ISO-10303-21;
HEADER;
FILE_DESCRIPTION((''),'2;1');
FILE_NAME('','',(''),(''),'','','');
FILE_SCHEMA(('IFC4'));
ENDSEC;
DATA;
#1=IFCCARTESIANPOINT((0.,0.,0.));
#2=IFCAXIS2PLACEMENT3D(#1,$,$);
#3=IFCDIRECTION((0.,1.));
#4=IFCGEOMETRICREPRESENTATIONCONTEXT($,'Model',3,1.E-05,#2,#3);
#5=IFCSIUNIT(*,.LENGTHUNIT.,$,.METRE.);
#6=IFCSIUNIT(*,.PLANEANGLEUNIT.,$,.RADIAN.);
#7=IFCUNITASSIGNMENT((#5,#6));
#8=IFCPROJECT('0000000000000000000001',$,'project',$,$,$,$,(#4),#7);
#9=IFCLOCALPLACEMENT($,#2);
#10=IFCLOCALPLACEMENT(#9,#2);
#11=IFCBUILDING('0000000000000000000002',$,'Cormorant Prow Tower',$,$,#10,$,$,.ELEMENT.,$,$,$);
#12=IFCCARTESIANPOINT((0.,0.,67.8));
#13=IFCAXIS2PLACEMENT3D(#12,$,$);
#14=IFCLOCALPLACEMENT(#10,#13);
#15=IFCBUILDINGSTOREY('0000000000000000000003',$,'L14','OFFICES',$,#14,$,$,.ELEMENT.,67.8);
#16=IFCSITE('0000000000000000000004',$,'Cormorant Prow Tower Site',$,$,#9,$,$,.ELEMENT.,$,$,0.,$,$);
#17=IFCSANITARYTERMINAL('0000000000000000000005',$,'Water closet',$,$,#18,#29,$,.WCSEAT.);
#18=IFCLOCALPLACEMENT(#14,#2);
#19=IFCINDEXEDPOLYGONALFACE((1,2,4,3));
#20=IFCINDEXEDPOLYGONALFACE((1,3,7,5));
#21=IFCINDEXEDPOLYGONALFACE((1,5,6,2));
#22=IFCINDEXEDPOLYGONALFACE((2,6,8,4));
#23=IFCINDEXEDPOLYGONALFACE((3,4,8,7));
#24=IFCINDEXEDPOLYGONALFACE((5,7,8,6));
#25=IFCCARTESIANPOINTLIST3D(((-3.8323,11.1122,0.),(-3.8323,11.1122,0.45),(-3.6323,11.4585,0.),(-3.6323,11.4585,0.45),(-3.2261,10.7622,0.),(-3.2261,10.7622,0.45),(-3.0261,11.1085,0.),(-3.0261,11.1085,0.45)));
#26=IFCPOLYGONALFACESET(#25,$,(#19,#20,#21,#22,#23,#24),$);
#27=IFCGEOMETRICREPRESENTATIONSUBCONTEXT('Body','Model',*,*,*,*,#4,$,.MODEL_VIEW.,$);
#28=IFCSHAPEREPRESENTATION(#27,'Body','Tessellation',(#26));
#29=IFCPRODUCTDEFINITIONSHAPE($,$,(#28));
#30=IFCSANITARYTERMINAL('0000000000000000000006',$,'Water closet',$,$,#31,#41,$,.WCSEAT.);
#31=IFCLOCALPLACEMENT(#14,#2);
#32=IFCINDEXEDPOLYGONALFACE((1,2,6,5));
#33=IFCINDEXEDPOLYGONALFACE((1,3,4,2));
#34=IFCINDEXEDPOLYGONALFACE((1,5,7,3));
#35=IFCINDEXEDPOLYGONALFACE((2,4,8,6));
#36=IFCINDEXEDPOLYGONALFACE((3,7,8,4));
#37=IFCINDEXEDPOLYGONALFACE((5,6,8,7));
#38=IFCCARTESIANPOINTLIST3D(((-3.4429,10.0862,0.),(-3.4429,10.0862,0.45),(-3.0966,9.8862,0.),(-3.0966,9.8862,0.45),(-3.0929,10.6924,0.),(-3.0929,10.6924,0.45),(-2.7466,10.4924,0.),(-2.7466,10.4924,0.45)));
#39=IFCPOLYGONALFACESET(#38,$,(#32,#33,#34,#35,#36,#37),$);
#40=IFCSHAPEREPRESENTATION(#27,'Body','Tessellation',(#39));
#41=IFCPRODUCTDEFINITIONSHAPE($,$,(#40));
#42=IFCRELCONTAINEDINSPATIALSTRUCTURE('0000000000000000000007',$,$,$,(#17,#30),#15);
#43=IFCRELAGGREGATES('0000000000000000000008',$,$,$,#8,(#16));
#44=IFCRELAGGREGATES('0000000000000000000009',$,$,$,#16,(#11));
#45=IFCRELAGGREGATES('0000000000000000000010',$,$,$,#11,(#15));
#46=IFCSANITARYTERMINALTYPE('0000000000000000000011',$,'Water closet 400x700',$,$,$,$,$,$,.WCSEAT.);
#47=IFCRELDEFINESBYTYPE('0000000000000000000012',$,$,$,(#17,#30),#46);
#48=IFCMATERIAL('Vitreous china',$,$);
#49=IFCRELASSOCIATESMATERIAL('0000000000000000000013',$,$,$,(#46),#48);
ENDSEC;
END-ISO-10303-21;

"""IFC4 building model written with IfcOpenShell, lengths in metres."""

from ifc_helpers import new_model, si_unit, direction, frame, origin, origin_2d, place, context, subcontext, project, spatial, rectangle, extrude, material, type_object, element, save


model = new_model("IFC4")

# Units and contexts
model_context = context("Model", 3, precision=1e-05, world=origin(), true_north=direction((0.0, 1.0)))
body_context = subcontext(model_context, "Body", "Model", "MODEL_VIEW")
ifc_project = project(units=[si_unit("LENGTHUNIT", "METRE"), si_unit("PLANEANGLEUNIT", "RADIAN")], contexts=[model_context])

# Site, building, storey
site_placement = place(None, origin())
site = spatial("IfcSite", under=ifc_project, at=site_placement, Name="Cormorant Prow Tower Site", CompositionType="ELEMENT", RefElevation=0.0)
building_placement = place(site_placement, origin())
building = spatial("IfcBuilding", under=site, at=building_placement, Name="Cormorant Prow Tower", CompositionType="ELEMENT")
storey_placement = place(building_placement, frame((0.0, 0.0, 67.8)))
storey = spatial("IfcBuildingStorey", under=building, at=storey_placement, Name="L14", Description="OFFICES", CompositionType="ELEMENT", Elevation=67.8)

# Sanitary terminals
ifc_material_1 = material(Name="Vitreous china")
sanitary_terminal_type_1 = type_object("IfcSanitaryTerminalType", Name="Water closet 400x700", PredefinedType="WCSEAT", material=ifc_material_1)
for number, where, z_axis, x_axis, name in (
    (1, (-3.4292, 11.1104, 0.0), (0.0, 0.0, 1.0), (-0.500015, -0.866017, 0.0), "Water closet"),
    (2, (-3.0947, 10.2893, 0.0), (0.0, 0.0, 1.0), (0.866017, -0.500015, 0.0), "Water closet"),
):
    element("IfcSanitaryTerminal", number, at=place(storey_placement, frame(where, z_axis=z_axis, x_axis=x_axis)), inside=storey, type_object=sanitary_terminal_type_1, Name=name, PredefinedType="WCSEAT", context=body_context, shape_type="SweptSolid", body=[
        extrude(rectangle(XDim=0.3999, YDim=0.7, at=origin_2d()), origin(), (0.0, 0.0, 1.0), 0.45),
    ])

save(model, "model.ifc")
